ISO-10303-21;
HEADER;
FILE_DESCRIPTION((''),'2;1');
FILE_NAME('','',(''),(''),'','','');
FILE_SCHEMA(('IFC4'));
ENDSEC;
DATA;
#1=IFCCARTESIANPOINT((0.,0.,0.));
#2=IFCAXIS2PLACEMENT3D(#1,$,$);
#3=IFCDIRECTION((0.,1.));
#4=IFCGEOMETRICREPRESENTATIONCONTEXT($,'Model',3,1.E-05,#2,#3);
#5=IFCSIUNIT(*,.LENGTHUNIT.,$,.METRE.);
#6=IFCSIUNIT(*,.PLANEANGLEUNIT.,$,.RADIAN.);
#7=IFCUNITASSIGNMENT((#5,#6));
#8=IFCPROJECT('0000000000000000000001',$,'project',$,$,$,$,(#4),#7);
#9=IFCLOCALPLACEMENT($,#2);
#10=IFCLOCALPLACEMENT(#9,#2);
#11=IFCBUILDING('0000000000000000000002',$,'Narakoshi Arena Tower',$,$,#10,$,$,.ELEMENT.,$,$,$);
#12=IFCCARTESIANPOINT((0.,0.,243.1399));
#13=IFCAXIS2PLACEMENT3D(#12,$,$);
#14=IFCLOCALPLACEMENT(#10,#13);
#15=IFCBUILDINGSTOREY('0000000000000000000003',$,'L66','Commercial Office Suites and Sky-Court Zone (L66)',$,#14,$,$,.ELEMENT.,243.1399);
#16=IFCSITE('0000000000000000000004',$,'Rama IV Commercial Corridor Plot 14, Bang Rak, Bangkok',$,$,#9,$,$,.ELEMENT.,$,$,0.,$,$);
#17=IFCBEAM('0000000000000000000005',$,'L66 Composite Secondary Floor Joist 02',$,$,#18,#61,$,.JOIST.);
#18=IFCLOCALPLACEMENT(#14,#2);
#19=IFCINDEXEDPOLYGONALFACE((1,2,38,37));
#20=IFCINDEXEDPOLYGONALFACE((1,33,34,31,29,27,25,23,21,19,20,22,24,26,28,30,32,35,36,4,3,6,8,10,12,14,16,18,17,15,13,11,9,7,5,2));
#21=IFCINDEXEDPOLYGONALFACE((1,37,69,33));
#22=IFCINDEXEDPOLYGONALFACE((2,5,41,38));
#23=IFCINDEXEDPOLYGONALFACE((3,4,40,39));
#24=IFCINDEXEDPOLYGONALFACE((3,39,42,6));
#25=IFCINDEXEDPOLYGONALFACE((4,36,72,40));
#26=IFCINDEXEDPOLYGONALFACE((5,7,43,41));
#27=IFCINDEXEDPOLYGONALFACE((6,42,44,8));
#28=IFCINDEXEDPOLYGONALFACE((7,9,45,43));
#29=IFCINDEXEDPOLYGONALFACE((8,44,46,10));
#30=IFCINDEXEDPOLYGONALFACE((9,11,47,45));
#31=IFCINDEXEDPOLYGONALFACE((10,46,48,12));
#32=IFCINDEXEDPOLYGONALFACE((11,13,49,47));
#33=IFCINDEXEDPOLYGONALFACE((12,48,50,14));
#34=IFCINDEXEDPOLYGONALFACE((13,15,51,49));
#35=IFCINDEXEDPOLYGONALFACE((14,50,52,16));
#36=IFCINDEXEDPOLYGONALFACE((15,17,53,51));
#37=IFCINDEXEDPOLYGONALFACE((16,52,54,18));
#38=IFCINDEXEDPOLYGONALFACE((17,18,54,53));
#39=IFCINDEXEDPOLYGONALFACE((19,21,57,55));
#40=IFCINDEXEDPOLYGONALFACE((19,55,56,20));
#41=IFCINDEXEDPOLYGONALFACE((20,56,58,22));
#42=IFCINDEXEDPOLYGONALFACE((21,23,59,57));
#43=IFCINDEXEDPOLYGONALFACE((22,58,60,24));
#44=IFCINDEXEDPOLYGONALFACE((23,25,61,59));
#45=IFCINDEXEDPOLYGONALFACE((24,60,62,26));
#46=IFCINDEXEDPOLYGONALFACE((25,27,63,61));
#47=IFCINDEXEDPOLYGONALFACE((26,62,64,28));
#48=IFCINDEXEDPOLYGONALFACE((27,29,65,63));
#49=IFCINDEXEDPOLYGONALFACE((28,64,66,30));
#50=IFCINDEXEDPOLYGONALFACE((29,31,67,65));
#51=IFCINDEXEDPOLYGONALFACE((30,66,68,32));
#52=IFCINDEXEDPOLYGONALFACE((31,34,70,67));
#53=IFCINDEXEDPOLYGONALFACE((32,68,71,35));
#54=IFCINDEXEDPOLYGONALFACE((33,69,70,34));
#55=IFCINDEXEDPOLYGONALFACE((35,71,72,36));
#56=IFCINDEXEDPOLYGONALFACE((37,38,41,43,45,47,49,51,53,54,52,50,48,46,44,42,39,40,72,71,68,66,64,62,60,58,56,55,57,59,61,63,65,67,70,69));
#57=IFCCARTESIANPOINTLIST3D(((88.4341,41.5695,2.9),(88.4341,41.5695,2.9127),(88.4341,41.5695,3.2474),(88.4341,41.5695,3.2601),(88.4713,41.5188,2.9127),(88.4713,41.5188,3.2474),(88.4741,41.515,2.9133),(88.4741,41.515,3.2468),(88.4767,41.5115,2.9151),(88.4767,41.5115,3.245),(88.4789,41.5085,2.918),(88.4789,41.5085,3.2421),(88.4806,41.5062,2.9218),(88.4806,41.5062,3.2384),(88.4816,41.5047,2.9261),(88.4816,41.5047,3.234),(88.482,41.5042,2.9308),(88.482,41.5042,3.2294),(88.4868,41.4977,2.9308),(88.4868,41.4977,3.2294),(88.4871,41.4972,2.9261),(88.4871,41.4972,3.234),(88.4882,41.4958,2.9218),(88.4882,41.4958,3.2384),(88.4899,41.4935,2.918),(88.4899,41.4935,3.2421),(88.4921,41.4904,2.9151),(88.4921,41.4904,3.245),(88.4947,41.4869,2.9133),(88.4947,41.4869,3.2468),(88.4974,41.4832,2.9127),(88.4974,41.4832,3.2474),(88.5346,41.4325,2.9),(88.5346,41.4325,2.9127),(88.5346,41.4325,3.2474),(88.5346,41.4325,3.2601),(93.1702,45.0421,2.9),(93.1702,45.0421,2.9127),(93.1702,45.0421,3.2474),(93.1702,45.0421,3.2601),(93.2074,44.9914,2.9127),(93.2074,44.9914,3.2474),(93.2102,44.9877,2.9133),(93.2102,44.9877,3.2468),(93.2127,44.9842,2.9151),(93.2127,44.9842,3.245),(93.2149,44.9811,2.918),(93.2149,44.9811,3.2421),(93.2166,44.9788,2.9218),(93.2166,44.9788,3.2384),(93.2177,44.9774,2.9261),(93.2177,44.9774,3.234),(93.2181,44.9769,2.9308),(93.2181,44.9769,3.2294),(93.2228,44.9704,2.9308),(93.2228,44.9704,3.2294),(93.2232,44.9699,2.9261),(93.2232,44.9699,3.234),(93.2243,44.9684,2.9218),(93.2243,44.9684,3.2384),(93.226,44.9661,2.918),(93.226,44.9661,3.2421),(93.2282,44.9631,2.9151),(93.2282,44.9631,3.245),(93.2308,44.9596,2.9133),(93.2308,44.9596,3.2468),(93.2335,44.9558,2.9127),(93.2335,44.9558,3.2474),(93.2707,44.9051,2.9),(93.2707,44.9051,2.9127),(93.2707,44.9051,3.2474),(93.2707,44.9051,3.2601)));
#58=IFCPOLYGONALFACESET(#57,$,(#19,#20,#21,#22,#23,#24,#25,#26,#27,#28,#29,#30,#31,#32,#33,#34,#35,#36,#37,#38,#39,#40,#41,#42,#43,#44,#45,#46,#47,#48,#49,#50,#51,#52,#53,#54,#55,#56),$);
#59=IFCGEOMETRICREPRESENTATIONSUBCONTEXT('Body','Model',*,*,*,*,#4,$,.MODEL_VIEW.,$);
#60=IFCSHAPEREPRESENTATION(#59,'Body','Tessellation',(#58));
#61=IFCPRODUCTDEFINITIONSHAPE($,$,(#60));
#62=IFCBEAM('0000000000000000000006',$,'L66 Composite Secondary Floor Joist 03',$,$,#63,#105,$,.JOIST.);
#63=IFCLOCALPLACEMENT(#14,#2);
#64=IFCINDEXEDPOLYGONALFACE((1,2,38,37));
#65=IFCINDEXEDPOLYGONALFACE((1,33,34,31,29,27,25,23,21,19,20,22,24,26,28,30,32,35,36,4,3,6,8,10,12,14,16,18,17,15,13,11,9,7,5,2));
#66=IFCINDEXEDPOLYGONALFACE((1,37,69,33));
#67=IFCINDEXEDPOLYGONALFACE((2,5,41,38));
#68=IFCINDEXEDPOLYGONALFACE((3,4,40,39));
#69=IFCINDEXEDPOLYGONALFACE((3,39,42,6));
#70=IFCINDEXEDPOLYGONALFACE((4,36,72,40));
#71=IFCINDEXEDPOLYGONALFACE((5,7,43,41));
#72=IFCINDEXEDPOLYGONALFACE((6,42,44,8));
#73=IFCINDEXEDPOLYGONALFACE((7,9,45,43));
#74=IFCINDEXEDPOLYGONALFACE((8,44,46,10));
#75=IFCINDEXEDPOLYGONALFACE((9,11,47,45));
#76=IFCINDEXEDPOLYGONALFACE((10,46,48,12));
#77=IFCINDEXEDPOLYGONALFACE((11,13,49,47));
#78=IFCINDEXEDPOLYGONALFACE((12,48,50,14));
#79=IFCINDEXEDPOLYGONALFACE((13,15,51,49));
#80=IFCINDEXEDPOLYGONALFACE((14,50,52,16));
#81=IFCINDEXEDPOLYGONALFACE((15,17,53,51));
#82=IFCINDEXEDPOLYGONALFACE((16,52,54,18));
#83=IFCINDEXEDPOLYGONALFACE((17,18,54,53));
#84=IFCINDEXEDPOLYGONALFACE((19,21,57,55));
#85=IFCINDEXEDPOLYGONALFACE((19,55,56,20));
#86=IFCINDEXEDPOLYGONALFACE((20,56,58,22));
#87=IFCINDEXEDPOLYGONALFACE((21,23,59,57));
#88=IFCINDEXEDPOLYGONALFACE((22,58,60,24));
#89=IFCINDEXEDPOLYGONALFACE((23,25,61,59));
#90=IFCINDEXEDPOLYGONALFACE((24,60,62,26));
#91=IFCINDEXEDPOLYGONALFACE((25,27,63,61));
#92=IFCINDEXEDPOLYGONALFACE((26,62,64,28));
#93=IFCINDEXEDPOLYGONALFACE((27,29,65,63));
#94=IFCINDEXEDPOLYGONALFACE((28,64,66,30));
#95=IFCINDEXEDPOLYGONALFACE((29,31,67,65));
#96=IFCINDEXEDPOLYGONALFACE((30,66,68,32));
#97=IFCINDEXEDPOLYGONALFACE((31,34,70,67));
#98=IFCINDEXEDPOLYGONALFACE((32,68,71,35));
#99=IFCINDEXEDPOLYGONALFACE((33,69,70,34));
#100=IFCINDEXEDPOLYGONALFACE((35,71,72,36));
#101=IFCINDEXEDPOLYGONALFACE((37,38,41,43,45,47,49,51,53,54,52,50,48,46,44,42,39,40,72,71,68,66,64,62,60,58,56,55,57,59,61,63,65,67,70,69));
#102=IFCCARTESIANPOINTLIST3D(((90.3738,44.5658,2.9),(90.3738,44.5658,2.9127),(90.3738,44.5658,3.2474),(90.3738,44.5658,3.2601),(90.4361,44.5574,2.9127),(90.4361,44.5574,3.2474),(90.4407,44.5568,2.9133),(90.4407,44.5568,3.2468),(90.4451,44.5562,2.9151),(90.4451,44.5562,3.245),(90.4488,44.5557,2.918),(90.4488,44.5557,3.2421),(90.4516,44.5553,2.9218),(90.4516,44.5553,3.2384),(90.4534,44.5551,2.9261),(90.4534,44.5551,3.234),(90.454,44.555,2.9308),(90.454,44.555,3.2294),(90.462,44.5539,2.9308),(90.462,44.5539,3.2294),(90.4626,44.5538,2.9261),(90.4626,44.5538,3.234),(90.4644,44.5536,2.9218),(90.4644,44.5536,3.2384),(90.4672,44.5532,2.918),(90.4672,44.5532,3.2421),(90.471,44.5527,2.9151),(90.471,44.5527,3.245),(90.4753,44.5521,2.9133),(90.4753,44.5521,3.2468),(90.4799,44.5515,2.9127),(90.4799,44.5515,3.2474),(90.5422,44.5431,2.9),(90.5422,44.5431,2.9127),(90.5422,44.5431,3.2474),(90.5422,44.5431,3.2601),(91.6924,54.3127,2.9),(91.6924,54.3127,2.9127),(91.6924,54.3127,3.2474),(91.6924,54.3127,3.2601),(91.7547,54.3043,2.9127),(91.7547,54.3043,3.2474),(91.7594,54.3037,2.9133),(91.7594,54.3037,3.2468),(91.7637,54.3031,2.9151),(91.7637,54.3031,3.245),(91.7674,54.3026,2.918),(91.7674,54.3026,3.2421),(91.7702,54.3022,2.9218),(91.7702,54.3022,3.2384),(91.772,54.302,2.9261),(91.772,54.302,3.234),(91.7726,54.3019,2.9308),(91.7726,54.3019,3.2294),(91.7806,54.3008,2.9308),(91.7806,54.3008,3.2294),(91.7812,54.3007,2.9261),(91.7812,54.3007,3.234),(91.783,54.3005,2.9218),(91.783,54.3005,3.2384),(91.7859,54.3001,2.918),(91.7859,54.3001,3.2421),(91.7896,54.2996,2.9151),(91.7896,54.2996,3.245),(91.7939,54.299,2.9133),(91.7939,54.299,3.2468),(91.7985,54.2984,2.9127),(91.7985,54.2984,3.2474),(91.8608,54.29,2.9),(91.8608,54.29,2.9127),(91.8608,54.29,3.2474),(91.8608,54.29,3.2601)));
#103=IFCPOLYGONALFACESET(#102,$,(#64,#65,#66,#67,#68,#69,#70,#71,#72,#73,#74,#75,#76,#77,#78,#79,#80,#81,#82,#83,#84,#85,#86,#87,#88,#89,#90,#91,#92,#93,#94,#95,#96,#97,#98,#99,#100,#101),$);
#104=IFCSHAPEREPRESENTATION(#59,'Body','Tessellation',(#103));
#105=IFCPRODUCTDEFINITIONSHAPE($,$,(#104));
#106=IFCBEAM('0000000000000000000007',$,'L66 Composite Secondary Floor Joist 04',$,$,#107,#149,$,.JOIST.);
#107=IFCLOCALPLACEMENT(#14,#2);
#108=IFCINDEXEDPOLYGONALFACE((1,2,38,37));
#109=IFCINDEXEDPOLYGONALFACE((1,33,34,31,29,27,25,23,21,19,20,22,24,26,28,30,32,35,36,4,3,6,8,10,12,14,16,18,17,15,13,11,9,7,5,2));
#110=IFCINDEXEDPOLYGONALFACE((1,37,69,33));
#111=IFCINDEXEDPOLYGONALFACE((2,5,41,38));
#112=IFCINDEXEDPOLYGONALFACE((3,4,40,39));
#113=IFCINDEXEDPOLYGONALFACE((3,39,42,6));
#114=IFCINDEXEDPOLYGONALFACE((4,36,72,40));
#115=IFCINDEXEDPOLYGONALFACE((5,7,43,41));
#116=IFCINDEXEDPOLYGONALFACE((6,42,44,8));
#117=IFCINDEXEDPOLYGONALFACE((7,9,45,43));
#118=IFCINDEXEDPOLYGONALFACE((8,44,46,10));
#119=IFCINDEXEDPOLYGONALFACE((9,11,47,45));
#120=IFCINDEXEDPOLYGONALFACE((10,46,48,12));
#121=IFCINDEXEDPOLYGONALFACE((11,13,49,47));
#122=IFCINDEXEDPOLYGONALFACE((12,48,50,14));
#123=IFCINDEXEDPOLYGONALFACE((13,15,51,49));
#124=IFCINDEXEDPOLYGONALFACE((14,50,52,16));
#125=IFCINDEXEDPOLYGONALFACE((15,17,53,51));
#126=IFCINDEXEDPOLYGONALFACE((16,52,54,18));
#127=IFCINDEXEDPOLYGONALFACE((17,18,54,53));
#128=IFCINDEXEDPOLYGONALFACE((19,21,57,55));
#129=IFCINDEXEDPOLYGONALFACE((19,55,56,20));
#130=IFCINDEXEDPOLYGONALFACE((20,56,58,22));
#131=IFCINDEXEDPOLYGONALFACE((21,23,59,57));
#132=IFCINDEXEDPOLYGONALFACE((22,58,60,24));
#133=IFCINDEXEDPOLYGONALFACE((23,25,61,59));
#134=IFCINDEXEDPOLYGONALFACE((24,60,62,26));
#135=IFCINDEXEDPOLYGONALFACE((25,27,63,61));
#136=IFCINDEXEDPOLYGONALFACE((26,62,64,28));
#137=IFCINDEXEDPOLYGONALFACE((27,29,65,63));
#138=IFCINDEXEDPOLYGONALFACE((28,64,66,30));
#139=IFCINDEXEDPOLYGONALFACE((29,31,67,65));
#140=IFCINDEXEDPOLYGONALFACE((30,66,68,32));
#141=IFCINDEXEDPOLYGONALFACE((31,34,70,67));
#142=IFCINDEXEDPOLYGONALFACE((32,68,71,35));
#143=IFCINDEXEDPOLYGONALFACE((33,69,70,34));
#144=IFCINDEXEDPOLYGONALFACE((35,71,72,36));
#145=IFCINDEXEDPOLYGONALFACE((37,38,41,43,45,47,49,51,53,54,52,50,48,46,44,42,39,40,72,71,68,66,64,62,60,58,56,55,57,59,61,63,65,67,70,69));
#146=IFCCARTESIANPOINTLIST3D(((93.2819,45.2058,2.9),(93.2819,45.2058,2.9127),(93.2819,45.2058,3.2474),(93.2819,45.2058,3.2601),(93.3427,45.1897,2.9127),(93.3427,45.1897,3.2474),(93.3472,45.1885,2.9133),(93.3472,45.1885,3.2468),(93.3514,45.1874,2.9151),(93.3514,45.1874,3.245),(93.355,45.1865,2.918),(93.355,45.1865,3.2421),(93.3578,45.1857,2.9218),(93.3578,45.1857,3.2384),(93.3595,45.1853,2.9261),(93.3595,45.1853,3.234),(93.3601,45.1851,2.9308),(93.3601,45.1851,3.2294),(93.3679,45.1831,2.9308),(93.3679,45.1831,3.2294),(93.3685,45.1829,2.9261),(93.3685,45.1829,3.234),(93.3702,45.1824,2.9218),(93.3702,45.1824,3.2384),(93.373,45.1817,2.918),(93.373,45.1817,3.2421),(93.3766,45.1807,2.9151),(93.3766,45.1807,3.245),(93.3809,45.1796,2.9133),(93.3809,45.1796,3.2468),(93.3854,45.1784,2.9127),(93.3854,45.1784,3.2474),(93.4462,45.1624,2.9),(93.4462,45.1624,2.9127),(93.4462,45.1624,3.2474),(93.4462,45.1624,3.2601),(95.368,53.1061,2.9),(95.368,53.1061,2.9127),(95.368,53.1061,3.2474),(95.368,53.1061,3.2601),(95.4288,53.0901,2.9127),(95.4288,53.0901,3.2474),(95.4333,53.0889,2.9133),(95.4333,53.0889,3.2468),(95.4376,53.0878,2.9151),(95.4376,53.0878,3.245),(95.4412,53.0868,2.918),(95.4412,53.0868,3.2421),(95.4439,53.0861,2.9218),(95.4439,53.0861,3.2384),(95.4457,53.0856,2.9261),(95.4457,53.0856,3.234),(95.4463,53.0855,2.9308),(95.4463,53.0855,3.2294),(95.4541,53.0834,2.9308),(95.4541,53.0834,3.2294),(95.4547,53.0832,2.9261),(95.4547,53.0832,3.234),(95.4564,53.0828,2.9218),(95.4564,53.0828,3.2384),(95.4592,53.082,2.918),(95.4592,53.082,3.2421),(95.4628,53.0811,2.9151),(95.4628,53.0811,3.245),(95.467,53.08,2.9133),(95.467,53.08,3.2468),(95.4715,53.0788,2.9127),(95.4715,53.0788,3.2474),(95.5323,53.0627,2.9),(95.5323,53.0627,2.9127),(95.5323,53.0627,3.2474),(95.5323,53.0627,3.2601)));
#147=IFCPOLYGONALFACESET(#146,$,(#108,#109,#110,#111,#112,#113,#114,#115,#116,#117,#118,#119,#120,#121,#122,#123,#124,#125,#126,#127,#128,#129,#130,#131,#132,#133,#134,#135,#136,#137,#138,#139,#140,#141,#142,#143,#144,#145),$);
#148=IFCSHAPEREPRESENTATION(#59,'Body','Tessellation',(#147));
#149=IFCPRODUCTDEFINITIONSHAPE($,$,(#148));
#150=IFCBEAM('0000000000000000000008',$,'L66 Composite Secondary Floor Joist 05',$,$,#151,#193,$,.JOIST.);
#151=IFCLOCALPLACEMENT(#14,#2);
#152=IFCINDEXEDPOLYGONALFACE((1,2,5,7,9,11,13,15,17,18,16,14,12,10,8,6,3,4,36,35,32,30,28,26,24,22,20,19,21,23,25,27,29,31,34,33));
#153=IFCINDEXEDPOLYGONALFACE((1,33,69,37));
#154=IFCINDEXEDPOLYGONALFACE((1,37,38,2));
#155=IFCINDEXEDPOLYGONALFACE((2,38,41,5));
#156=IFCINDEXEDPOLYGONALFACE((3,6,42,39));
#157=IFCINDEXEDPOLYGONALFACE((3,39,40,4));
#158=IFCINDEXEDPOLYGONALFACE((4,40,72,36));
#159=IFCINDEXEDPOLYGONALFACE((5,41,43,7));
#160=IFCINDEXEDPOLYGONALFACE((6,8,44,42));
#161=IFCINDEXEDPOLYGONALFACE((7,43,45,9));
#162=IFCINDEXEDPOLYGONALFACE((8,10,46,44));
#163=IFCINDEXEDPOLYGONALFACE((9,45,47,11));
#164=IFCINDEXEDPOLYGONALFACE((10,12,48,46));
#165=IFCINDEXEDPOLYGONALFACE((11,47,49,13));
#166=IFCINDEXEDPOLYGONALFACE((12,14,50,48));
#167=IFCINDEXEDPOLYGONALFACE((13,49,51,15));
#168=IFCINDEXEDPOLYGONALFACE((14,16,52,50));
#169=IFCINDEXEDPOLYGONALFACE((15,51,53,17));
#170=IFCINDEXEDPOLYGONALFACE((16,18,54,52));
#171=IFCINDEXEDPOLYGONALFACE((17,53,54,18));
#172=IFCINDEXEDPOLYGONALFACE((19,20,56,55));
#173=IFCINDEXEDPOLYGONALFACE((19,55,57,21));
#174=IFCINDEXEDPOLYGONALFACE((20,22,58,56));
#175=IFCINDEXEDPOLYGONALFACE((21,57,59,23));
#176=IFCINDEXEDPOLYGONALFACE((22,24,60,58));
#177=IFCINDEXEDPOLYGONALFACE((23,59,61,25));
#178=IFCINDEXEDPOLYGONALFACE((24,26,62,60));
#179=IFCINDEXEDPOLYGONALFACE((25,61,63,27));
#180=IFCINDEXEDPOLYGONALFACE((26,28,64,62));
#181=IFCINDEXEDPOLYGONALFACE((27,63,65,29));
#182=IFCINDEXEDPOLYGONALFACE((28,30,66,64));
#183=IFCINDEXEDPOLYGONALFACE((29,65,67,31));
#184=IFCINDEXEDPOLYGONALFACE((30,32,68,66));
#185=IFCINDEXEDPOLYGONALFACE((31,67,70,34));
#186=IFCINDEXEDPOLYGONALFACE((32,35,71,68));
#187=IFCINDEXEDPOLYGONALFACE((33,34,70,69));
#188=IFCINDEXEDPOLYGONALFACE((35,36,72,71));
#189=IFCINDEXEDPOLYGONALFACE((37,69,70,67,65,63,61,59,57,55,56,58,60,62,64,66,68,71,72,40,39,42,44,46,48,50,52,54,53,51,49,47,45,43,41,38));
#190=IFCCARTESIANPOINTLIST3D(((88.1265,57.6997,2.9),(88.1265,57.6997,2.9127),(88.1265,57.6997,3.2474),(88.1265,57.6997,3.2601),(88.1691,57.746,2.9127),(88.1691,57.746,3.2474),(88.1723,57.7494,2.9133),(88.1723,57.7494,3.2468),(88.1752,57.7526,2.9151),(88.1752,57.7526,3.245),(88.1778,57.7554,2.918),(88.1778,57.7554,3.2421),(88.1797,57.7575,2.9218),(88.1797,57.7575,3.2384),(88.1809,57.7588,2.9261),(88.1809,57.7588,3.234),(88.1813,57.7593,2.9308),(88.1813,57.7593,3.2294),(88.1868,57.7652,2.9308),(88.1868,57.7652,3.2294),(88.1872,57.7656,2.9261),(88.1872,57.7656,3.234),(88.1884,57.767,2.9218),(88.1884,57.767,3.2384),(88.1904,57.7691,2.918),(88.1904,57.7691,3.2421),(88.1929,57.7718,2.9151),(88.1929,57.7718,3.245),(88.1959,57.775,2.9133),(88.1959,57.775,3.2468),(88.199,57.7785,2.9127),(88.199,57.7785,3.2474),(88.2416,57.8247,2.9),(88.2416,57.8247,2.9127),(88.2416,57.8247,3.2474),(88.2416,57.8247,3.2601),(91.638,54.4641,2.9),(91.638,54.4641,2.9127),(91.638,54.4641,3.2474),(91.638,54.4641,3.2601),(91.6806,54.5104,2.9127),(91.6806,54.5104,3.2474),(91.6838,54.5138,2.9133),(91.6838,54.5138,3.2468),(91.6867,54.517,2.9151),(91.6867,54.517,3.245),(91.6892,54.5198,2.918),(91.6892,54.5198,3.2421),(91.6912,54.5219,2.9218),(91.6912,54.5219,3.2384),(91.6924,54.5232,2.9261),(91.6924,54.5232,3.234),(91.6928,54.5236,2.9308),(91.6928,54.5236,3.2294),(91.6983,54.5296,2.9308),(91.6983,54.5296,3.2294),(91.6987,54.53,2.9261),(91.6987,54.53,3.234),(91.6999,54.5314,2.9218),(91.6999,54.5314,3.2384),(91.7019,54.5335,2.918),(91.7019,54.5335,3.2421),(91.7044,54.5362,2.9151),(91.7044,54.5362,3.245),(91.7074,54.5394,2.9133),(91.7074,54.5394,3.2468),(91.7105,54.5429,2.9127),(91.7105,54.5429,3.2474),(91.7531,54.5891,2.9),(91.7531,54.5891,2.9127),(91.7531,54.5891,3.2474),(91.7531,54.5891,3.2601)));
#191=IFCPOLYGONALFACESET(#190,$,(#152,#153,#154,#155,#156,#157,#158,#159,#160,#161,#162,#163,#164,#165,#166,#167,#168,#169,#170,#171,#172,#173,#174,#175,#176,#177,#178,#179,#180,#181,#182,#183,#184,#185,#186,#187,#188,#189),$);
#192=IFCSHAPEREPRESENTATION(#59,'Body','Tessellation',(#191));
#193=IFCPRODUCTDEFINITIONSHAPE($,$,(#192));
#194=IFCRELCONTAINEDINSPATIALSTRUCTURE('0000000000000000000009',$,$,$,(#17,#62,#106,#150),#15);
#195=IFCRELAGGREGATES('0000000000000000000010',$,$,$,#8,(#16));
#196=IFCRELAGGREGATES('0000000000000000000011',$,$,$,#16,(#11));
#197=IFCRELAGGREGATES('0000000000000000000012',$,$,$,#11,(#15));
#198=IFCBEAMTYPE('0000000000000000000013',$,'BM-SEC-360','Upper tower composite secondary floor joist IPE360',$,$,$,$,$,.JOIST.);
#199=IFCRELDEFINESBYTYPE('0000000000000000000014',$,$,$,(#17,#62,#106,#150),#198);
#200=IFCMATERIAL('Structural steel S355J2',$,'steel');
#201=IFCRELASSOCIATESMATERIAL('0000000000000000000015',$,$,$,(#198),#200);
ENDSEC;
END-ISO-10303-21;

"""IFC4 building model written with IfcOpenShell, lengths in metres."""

from ifc_helpers import new_model, si_unit, direction, frame, origin, origin_2d, place, context, subcontext, project, spatial, i_section, extrude, material, material_profile, profile_set, type_object, element, save


model = new_model("IFC4")

# Units and contexts
model_context = context("Model", 3, precision=1e-05, world=origin(), true_north=direction((0.0, 1.0)))
body_context = subcontext(model_context, "Body", "Model", "MODEL_VIEW")
ifc_project = project(units=[si_unit("LENGTHUNIT", "METRE"), si_unit("PLANEANGLEUNIT", "RADIAN")], contexts=[model_context])

# Site, building, storey
site_placement = place(None, origin())
site = spatial("IfcSite", under=ifc_project, at=site_placement, Name="Rama IV Commercial Corridor Plot 14, Bang Rak, Bangkok", CompositionType="ELEMENT", RefElevation=0.0)
building_placement = place(site_placement, origin())
building = spatial("IfcBuilding", under=site, at=building_placement, Name="Narakoshi Arena Tower", CompositionType="ELEMENT")
storey_placement = place(building_placement, frame((0.0, 0.0, 243.1399)))
storey = spatial("IfcBuildingStorey", under=building, at=storey_placement, Name="L66", Description="Commercial Office Suites and Sky-Court Zone (L66)", CompositionType="ELEMENT", Elevation=243.1399)

# Beams
ifc_material_1 = material(Name="Structural steel S355J2", Category="steel")
ifc_material_profile_1 = material_profile(ifc_material_1, i_section(OverallWidth=0.1699, OverallDepth=0.3601, WebThickness=0.0081, FlangeThickness=0.0127, FilletRadius=0.0181, at=origin_2d()), Name="IPE360")
ifc_profile_set_1 = profile_set([ifc_material_profile_1], Name="Structural steel S355J2")
beam_type_1 = type_object("IfcBeamType", Name="BM-SEC-360", Description="Upper tower composite secondary floor joist IPE360", PredefinedType="JOIST", material=ifc_profile_set_1)
beam_1_placement = place(storey_placement, frame((88.4844, 41.501, 3.0801), z_axis=(0.806443, 0.591311, 0.0), x_axis=(-0.591311, 0.806443, 0.0)))
element("IfcBeam", 1, at=beam_1_placement, inside=storey, type_object=beam_type_1, Name="L66 Composite Secondary Floor Joist 02", PredefinedType="JOIST", context=body_context, shape_type="SweptSolid", body=[
    extrude(i_section(OverallWidth=0.1699, OverallDepth=0.3601, WebThickness=0.0081, FlangeThickness=0.0127, FilletRadius=0.0181, at=origin_2d()), origin(), (0.0, 0.0, 1.0), 5.8728),
])
beam_2_placement = place(storey_placement, frame((90.458, 44.5544, 3.0801), z_axis=(0.134064, 0.990973, 0.0), x_axis=(-0.990973, 0.134064, 0.0)))
element("IfcBeam", 2, at=beam_2_placement, inside=storey, type_object=beam_type_1, Name="L66 Composite Secondary Floor Joist 03", PredefinedType="JOIST", context=body_context, shape_type="SweptSolid", body=[
    extrude(i_section(OverallWidth=0.1699, OverallDepth=0.3601, WebThickness=0.0081, FlangeThickness=0.0127, FilletRadius=0.0181, at=origin_2d()), origin(), (0.0, 0.0, 1.0), 9.8357),
])
beam_3_placement = place(storey_placement, frame((93.364, 45.1841, 3.0801), z_axis=(0.255309, 0.966859, 0.0), x_axis=(-0.966859, 0.255309, 0.0)))
element("IfcBeam", 3, at=beam_3_placement, inside=storey, type_object=beam_type_1, Name="L66 Composite Secondary Floor Joist 04", PredefinedType="JOIST", context=body_context, shape_type="SweptSolid", body=[
    extrude(i_section(OverallWidth=0.1699, OverallDepth=0.3601, WebThickness=0.0081, FlangeThickness=0.0127, FilletRadius=0.0181, at=origin_2d()), origin(), (0.0, 0.0, 1.0), 8.1711),
])
beam_4_placement = place(storey_placement, frame((91.6956, 54.5266, 3.0801), z_axis=(-0.735405, 0.677628, 0.0), x_axis=(-0.677628, -0.735405, 0.0)))
element("IfcBeam", 4, at=beam_4_placement, inside=storey, type_object=beam_type_1, Name="L66 Composite Secondary Floor Joist 05", PredefinedType="JOIST", context=body_context, shape_type="SweptSolid", body=[
    extrude(i_section(OverallWidth=0.1699, OverallDepth=0.3601, WebThickness=0.0081, FlangeThickness=0.0127, FilletRadius=0.0181, at=origin_2d()), origin(), (0.0, 0.0, 1.0), 4.7749),
])

save(model, "model.ifc")
